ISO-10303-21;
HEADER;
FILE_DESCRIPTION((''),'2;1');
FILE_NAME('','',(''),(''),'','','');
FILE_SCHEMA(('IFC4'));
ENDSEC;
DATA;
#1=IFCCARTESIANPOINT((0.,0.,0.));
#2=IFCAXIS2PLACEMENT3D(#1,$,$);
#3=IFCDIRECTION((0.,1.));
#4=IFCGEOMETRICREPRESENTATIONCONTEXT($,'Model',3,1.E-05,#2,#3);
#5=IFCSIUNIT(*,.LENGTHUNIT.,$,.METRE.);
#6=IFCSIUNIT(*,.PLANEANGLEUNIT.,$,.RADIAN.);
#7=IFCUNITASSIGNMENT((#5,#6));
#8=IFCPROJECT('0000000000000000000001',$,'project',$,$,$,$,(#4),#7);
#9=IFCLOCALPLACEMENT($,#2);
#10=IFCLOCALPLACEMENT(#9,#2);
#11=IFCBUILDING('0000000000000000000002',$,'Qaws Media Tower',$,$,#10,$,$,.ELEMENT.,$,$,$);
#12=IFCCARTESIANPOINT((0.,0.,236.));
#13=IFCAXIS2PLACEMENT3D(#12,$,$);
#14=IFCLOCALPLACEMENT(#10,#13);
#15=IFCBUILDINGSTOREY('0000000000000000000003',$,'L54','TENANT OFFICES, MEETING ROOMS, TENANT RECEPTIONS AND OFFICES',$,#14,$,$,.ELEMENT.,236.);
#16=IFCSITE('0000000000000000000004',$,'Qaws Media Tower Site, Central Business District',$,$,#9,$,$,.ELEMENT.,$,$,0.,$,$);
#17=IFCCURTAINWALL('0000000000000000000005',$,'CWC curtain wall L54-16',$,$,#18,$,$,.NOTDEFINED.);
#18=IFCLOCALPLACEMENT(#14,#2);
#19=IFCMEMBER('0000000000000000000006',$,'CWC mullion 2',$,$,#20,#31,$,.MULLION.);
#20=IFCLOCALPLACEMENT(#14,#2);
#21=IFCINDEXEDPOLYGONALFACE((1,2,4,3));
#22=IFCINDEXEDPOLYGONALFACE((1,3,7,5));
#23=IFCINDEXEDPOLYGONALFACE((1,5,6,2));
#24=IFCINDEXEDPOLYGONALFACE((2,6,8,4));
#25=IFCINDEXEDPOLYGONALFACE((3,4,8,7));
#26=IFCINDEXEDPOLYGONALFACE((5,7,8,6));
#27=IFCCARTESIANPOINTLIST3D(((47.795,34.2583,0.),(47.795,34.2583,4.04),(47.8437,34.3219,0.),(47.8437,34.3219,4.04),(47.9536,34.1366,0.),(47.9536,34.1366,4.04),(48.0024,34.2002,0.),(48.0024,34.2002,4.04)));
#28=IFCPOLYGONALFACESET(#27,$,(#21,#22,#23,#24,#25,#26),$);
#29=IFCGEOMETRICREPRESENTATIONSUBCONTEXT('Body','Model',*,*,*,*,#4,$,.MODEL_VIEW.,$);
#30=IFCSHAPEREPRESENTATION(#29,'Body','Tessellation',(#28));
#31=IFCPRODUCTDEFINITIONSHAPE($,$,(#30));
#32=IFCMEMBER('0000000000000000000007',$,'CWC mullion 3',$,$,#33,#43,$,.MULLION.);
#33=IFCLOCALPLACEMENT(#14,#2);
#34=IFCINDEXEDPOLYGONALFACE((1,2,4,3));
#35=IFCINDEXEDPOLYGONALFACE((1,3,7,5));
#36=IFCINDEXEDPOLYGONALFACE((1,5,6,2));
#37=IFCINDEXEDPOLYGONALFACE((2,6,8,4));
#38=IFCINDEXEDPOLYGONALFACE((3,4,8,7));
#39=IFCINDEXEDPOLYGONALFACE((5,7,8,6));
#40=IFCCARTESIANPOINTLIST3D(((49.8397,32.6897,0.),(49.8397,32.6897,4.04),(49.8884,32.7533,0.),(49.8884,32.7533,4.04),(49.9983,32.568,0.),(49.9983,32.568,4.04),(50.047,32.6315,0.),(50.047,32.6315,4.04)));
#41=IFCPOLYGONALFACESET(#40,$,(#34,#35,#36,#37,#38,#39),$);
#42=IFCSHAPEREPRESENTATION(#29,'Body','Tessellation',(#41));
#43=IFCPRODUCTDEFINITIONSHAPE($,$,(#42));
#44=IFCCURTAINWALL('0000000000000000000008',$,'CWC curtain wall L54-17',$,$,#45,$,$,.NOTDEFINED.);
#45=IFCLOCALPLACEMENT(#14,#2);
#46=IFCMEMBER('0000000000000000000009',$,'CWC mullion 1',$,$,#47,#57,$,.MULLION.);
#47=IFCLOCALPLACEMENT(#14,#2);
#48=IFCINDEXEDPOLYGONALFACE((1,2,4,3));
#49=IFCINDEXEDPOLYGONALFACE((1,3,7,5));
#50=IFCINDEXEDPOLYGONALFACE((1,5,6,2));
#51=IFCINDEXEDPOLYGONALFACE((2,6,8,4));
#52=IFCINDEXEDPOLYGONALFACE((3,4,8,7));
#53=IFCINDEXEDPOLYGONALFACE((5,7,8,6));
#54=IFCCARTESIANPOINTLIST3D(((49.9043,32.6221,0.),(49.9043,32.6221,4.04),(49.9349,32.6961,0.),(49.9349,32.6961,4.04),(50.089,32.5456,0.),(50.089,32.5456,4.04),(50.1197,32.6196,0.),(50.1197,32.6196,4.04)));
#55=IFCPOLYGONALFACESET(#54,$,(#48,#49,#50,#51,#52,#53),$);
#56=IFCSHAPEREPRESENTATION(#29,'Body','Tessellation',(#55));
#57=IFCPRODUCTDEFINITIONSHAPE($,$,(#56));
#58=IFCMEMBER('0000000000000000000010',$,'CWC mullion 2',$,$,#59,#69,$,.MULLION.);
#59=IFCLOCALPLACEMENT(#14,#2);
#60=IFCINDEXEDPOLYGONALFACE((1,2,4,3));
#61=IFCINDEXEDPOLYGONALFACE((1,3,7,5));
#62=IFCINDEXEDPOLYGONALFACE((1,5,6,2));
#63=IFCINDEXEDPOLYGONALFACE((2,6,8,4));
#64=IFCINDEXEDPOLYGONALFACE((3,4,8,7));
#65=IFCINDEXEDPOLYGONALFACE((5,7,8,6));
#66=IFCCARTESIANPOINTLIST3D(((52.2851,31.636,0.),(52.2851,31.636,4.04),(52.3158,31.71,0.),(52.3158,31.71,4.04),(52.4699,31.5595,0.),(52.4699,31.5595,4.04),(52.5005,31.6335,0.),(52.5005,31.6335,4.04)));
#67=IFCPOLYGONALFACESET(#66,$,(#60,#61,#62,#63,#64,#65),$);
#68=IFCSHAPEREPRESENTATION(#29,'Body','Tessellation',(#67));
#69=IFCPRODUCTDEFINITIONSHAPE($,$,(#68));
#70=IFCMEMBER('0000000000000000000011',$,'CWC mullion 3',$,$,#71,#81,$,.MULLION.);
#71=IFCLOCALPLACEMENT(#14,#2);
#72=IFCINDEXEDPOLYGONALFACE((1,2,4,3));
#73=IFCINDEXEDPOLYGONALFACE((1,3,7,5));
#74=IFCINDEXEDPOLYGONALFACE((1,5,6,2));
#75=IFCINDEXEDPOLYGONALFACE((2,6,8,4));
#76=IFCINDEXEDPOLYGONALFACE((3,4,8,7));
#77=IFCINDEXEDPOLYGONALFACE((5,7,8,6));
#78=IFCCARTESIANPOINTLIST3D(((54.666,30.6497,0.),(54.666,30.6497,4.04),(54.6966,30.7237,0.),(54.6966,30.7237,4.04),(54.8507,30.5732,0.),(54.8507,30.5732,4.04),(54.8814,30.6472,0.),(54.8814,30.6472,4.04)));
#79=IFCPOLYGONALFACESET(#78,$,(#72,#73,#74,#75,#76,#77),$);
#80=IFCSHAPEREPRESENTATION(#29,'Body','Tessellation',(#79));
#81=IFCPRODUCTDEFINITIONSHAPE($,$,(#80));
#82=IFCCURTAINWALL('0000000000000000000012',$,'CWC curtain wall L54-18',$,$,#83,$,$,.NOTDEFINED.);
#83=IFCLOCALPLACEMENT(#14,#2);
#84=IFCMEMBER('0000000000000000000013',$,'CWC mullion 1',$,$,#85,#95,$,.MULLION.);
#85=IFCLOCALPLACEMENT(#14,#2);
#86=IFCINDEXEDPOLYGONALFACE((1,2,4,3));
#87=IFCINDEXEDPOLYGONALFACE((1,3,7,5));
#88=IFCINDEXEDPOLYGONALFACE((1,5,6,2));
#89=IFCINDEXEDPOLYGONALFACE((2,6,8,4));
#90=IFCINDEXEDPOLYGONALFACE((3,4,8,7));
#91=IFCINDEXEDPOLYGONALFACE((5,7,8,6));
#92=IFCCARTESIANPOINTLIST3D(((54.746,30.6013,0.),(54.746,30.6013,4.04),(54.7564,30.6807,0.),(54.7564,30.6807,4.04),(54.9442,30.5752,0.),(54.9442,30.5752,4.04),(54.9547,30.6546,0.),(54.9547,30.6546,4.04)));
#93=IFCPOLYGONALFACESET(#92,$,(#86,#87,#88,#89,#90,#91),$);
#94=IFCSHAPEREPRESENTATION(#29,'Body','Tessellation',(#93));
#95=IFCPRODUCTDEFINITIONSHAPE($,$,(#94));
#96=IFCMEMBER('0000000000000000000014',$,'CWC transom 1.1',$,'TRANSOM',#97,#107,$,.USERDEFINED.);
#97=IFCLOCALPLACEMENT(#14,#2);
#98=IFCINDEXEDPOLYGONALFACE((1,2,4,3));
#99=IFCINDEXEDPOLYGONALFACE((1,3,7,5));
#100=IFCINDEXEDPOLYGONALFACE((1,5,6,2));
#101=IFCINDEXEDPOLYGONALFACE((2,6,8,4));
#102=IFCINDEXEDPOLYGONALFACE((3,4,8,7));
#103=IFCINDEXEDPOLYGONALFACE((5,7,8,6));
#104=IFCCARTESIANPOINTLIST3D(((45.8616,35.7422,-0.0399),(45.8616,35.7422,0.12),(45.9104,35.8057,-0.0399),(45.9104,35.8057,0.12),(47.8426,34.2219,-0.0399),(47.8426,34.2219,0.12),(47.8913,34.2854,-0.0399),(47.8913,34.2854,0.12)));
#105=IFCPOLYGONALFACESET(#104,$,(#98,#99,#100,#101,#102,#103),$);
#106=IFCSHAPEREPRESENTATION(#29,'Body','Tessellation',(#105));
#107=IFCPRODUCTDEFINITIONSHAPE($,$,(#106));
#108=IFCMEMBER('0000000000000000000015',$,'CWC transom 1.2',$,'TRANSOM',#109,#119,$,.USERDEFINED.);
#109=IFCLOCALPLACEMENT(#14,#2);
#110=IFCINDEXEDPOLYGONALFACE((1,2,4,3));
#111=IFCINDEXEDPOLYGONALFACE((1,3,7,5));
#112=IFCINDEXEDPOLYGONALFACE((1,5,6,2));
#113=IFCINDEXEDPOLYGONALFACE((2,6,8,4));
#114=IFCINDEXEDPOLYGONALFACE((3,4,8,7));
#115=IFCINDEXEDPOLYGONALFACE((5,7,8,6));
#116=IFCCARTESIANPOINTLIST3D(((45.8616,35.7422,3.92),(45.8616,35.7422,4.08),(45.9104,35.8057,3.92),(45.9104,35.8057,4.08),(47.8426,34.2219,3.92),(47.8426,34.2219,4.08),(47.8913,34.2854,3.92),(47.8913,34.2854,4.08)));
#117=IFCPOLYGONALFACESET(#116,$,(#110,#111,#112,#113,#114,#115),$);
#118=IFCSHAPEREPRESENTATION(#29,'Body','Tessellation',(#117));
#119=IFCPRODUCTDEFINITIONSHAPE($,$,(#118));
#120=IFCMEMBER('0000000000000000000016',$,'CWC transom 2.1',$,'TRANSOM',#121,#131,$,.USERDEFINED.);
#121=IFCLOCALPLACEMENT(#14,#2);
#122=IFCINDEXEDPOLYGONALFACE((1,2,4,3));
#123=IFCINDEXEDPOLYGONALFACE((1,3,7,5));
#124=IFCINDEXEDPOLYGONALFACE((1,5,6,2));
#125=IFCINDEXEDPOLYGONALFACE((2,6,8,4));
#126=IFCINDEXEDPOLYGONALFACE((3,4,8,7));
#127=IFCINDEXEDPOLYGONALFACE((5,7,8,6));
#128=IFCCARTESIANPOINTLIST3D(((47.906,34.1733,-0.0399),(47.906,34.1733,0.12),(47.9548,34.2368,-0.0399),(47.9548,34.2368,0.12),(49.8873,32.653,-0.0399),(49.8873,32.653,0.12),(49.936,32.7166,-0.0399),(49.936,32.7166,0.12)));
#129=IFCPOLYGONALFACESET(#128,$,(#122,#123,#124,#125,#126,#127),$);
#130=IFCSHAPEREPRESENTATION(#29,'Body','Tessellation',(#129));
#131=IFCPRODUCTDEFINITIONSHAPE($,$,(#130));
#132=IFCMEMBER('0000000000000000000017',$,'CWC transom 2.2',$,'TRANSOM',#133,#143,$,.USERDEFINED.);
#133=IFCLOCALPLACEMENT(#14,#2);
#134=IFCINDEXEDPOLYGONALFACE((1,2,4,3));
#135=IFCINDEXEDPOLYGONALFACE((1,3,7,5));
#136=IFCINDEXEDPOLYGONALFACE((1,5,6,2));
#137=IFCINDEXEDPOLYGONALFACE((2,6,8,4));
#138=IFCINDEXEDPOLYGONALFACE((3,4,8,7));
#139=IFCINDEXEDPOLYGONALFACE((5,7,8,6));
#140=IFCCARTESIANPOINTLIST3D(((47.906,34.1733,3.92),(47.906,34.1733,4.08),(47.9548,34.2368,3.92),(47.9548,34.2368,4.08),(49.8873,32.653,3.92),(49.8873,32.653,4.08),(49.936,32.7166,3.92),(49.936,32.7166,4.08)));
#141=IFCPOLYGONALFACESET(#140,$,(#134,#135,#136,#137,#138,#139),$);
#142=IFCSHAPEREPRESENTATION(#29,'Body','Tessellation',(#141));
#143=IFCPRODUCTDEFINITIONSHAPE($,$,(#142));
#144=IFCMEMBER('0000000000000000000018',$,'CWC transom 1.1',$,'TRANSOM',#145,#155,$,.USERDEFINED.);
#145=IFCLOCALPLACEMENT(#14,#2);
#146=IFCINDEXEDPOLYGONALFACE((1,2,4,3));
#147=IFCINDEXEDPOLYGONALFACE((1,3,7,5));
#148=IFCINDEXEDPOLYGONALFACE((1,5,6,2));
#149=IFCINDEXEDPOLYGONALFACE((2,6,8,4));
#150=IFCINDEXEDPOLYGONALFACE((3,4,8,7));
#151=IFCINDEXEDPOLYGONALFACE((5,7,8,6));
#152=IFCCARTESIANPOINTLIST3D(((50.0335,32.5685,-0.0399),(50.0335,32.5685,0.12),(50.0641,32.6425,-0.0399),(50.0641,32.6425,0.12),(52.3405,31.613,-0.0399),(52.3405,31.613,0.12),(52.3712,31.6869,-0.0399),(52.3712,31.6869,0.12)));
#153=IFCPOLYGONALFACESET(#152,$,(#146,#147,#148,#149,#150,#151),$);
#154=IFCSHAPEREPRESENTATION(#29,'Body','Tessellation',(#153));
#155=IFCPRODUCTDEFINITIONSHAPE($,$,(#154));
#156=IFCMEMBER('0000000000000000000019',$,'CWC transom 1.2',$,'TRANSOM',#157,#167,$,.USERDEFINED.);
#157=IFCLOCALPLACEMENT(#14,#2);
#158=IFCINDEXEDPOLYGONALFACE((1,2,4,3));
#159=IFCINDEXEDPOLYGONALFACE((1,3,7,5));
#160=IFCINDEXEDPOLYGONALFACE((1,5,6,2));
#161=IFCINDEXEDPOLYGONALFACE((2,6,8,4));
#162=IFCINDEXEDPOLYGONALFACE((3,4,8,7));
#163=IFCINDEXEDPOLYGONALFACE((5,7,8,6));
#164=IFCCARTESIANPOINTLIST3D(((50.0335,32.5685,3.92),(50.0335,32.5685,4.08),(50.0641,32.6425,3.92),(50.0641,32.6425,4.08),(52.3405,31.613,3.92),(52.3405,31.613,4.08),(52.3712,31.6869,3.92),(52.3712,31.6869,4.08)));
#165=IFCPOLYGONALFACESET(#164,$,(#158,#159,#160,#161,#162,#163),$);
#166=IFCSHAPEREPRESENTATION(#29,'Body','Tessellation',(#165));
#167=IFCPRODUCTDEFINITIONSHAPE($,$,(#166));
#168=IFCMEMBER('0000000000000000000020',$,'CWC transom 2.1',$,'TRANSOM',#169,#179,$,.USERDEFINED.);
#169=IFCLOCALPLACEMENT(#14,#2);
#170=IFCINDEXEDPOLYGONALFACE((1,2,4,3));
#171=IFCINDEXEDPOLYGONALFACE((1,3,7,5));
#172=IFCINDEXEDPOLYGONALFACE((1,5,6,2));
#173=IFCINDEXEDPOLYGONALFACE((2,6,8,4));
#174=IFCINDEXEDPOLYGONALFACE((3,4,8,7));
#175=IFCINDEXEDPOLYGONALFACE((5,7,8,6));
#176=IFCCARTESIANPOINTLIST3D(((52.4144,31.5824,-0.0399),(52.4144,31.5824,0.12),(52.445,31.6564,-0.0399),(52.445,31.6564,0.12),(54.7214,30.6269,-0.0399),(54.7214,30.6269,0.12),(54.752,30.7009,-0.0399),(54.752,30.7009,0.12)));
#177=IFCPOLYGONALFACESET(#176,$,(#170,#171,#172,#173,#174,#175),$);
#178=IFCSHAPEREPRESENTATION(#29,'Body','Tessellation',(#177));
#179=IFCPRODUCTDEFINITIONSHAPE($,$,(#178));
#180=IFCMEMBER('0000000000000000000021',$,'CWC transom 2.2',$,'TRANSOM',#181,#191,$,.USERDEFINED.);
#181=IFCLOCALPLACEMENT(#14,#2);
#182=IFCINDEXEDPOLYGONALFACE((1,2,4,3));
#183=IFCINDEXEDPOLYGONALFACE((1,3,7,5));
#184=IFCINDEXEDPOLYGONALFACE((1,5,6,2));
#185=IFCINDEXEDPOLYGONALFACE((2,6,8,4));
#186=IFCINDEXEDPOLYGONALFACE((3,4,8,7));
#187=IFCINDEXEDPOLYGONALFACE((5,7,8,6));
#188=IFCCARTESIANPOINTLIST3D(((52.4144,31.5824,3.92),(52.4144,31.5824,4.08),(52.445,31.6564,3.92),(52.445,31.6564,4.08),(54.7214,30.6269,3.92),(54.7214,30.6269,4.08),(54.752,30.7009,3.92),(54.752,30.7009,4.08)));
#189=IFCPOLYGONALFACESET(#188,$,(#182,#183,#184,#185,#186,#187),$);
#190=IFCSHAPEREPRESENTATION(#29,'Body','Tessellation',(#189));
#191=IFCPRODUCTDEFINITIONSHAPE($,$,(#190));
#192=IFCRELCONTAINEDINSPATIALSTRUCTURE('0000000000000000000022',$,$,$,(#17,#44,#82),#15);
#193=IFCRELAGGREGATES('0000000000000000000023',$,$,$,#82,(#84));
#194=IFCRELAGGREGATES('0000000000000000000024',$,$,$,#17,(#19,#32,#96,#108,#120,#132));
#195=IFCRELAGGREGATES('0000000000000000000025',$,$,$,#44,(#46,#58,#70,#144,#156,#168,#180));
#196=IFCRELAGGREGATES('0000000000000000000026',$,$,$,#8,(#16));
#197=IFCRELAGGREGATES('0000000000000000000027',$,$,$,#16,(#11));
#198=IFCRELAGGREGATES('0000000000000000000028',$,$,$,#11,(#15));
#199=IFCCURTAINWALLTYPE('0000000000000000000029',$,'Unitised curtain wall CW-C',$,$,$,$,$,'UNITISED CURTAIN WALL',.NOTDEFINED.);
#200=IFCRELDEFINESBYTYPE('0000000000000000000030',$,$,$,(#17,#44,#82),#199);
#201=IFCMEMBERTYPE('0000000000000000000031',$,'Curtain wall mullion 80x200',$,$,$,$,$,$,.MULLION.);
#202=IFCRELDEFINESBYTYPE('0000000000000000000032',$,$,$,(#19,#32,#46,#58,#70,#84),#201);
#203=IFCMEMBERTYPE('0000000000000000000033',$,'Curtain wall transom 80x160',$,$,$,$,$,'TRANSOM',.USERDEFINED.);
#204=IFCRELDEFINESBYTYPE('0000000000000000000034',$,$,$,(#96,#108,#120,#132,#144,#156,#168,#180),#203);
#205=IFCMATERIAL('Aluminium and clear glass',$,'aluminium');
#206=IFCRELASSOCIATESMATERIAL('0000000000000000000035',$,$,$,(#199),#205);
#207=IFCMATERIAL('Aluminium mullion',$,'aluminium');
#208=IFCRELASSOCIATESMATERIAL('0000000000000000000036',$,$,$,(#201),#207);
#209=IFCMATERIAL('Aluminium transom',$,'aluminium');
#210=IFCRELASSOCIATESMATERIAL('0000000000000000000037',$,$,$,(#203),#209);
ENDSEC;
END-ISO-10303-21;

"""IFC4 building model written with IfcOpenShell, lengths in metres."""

from ifc_helpers import new_model, si_unit, direction, frame, origin, origin_2d, place, context, subcontext, project, spatial, rectangle, extrude, material, material_profile, profile_set, type_object, element, aggregate, save


model = new_model("IFC4")

# Units and contexts
model_context = context("Model", 3, precision=1e-05, world=origin(), true_north=direction((0.0, 1.0)))
body_context = subcontext(model_context, "Body", "Model", "MODEL_VIEW")
ifc_project = project(units=[si_unit("LENGTHUNIT", "METRE"), si_unit("PLANEANGLEUNIT", "RADIAN")], contexts=[model_context])

# Site, building, storey
site_placement = place(None, origin())
site = spatial("IfcSite", under=ifc_project, at=site_placement, Name="Qaws Media Tower Site, Central Business District", CompositionType="ELEMENT", RefElevation=0.0)
building_placement = place(site_placement, origin())
building = spatial("IfcBuilding", under=site, at=building_placement, Name="Qaws Media Tower", CompositionType="ELEMENT")
storey_placement = place(building_placement, frame((0.0, 0.0, 236.0)))
storey = spatial("IfcBuildingStorey", under=building, at=storey_placement, Name="L54", Description="TENANT OFFICES, MEETING ROOMS, TENANT RECEPTIONS AND OFFICES", CompositionType="ELEMENT", Elevation=236.0)

# Curtain walls, members
ifc_material_1 = material(Name="Aluminium and clear glass", Category="aluminium")
curtain_wall_type = type_object("IfcCurtainWallType", Name="Unitised curtain wall CW-C", ElementType="UNITISED CURTAIN WALL", PredefinedType="NOTDEFINED", material=ifc_material_1)
curtain_wall_1_placement = place(storey_placement, origin())
curtain_wall_1 = element("IfcCurtainWall", 1, at=curtain_wall_1_placement, inside=storey, type_object=curtain_wall_type, Name="CWC curtain wall L54-16", PredefinedType="NOTDEFINED")
ifc_material_2 = material(Name="Aluminium mullion", Category="aluminium")
ifc_material_profile_1 = material_profile(ifc_material_2, rectangle(XDim=0.0801, YDim=0.2, at=origin_2d()), Name="80x200")
ifc_profile_set_1 = profile_set([ifc_material_profile_1], Name="Aluminium mullion")
member_type_1 = type_object("IfcMemberType", Name="Curtain wall mullion 80x200", PredefinedType="MULLION", material=ifc_profile_set_1)
member_1_placement = place(storey_placement, frame((47.8987, 34.2292, 0.0), z_axis=(0.0, 0.0, 1.0), x_axis=(0.608761, 0.793353, 0.0)))
member_1 = element("IfcMember", 2, at=member_1_placement, type_object=member_type_1, Name="CWC mullion 2", PredefinedType="MULLION", context=body_context, shape_type="SweptSolid", body=[
    extrude(rectangle(XDim=0.0801, YDim=0.2, at=origin_2d()), origin(), (0.0, 0.0, 1.0), 4.04),
])
member_2_placement = place(storey_placement, frame((49.9434, 32.6606, 0.0), z_axis=(0.0, 0.0, 1.0), x_axis=(0.608761, 0.793353, 0.0)))
member_2 = element("IfcMember", 3, at=member_2_placement, type_object=member_type_1, Name="CWC mullion 3", PredefinedType="MULLION", context=body_context, shape_type="SweptSolid", body=[
    extrude(rectangle(XDim=0.0801, YDim=0.2, at=origin_2d()), origin(), (0.0, 0.0, 1.0), 4.04),
])
curtain_wall_2_placement = place(storey_placement, origin())
curtain_wall_2 = element("IfcCurtainWall", 4, at=curtain_wall_2_placement, inside=storey, type_object=curtain_wall_type, Name="CWC curtain wall L54-17", PredefinedType="NOTDEFINED")
member_3_placement = place(storey_placement, frame((50.012, 32.6208, 0.0), z_axis=(0.0, 0.0, 1.0), x_axis=(0.382684, 0.923879, 0.0)))
member_3 = element("IfcMember", 5, at=member_3_placement, type_object=member_type_1, Name="CWC mullion 1", PredefinedType="MULLION", context=body_context, shape_type="SweptSolid", body=[
    extrude(rectangle(XDim=0.0801, YDim=0.2, at=origin_2d()), origin(), (0.0, 0.0, 1.0), 4.04),
])
member_4_placement = place(storey_placement, frame((52.3928, 31.6348, 0.0), z_axis=(0.0, 0.0, 1.0), x_axis=(0.382684, 0.923879, 0.0)))
member_4 = element("IfcMember", 6, at=member_4_placement, type_object=member_type_1, Name="CWC mullion 2", PredefinedType="MULLION", context=body_context, shape_type="SweptSolid", body=[
    extrude(rectangle(XDim=0.0801, YDim=0.2, at=origin_2d()), origin(), (0.0, 0.0, 1.0), 4.04),
])
member_5_placement = place(storey_placement, frame((54.7737, 30.6484, 0.0), z_axis=(0.0, 0.0, 1.0), x_axis=(0.382684, 0.923879, 0.0)))
member_5 = element("IfcMember", 7, at=member_5_placement, type_object=member_type_1, Name="CWC mullion 3", PredefinedType="MULLION", context=body_context, shape_type="SweptSolid", body=[
    extrude(rectangle(XDim=0.0801, YDim=0.2, at=origin_2d()), origin(), (0.0, 0.0, 1.0), 4.04),
])

# Curtain wall, member
curtain_wall_3_placement = place(storey_placement, origin())
curtain_wall_3 = element("IfcCurtainWall", 8, at=curtain_wall_3_placement, inside=storey, type_object=curtain_wall_type, Name="CWC curtain wall L54-18", PredefinedType="NOTDEFINED")
member_6_placement = place(storey_placement, frame((54.8503, 30.6279, 0.0), z_axis=(0.0, 0.0, 1.0), x_axis=(0.130526, 0.991445, 0.0)))
member_6 = element("IfcMember", 9, at=member_6_placement, type_object=member_type_1, Name="CWC mullion 1", PredefinedType="MULLION", context=body_context, shape_type="SweptSolid", body=[
    extrude(rectangle(XDim=0.0801, YDim=0.2, at=origin_2d()), origin(), (0.0, 0.0, 1.0), 4.04),
])

# Members
ifc_material_3 = material(Name="Aluminium transom", Category="aluminium")
ifc_material_profile_2 = material_profile(ifc_material_3, rectangle(XDim=0.0801, YDim=0.1599, at=origin_2d()), Name="80x160")
ifc_profile_set_2 = profile_set([ifc_material_profile_2], Name="Aluminium transom")
member_type_2 = type_object("IfcMemberType", Name="Curtain wall transom 80x160", ElementType="TRANSOM", PredefinedType="USERDEFINED", material=ifc_profile_set_2)
member_7_placement = place(storey_placement, frame((45.886, 35.7739, 0.04), z_axis=(0.79331, -0.608817, 0.0), x_axis=(0.608817, 0.79331, 0.0)))
member_7 = element("IfcMember", 10, at=member_7_placement, type_object=member_type_2, Name="CWC transom 1.1", ObjectType="TRANSOM", PredefinedType="USERDEFINED", context=body_context, shape_type="SweptSolid", body=[
    extrude(rectangle(XDim=0.0801, YDim=0.1599, at=origin_2d()), origin(), (0.0, 0.0, 1.0), 2.4971),
])
member_8_placement = place(storey_placement, frame((45.886, 35.7739, 4.0), z_axis=(0.79331, -0.608817, 0.0), x_axis=(0.608817, 0.79331, 0.0)))
member_8 = element("IfcMember", 11, at=member_8_placement, type_object=member_type_2, Name="CWC transom 1.2", ObjectType="TRANSOM", PredefinedType="USERDEFINED", context=body_context, shape_type="SweptSolid", body=[
    extrude(rectangle(XDim=0.0801, YDim=0.1599, at=origin_2d()), origin(), (0.0, 0.0, 1.0), 2.4971),
])
member_9_placement = place(storey_placement, frame((47.9304, 34.2051, 0.04), z_axis=(0.793347, -0.60877, 0.0), x_axis=(0.60877, 0.793347, 0.0)))
member_9 = element("IfcMember", 12, at=member_9_placement, type_object=member_type_2, Name="CWC transom 2.1", ObjectType="TRANSOM", PredefinedType="USERDEFINED", context=body_context, shape_type="SweptSolid", body=[
    extrude(rectangle(XDim=0.0801, YDim=0.1599, at=origin_2d()), origin(), (0.0, 0.0, 1.0), 2.4973),
])
member_10_placement = place(storey_placement, frame((47.9304, 34.2051, 4.0), z_axis=(0.793347, -0.60877, 0.0), x_axis=(0.60877, 0.793347, 0.0)))
member_10 = element("IfcMember", 13, at=member_10_placement, type_object=member_type_2, Name="CWC transom 2.2", ObjectType="TRANSOM", PredefinedType="USERDEFINED", context=body_context, shape_type="SweptSolid", body=[
    extrude(rectangle(XDim=0.0801, YDim=0.1599, at=origin_2d()), origin(), (0.0, 0.0, 1.0), 2.4973),
])
member_11_placement = place(storey_placement, frame((50.0488, 32.6055, 0.04), z_axis=(0.923891, -0.382657, 0.0), x_axis=(0.382657, 0.923891, 0.0)))
member_11 = element("IfcMember", 14, at=member_11_placement, type_object=member_type_2, Name="CWC transom 1.1", ObjectType="TRANSOM", PredefinedType="USERDEFINED", context=body_context, shape_type="SweptSolid", body=[
    extrude(rectangle(XDim=0.0801, YDim=0.1599, at=origin_2d()), origin(), (0.0, 0.0, 1.0), 2.4971),
])
member_12_placement = place(storey_placement, frame((50.0488, 32.6055, 4.0), z_axis=(0.923891, -0.382657, 0.0), x_axis=(0.382657, 0.923891, 0.0)))
member_12 = element("IfcMember", 15, at=member_12_placement, type_object=member_type_2, Name="CWC transom 1.2", ObjectType="TRANSOM", PredefinedType="USERDEFINED", context=body_context, shape_type="SweptSolid", body=[
    extrude(rectangle(XDim=0.0801, YDim=0.1599, at=origin_2d()), origin(), (0.0, 0.0, 1.0), 2.4971),
])
member_13_placement = place(storey_placement, frame((52.4297, 31.6194, 0.04), z_axis=(0.923891, -0.382657, 0.0), x_axis=(0.382657, 0.923891, 0.0)))
member_13 = element("IfcMember", 16, at=member_13_placement, type_object=member_type_2, Name="CWC transom 2.1", ObjectType="TRANSOM", PredefinedType="USERDEFINED", context=body_context, shape_type="SweptSolid", body=[
    extrude(rectangle(XDim=0.0801, YDim=0.1599, at=origin_2d()), origin(), (0.0, 0.0, 1.0), 2.4971),
])
member_14_placement = place(storey_placement, frame((52.4297, 31.6194, 4.0), z_axis=(0.923891, -0.382657, 0.0), x_axis=(0.382657, 0.923891, 0.0)))
member_14 = element("IfcMember", 17, at=member_14_placement, type_object=member_type_2, Name="CWC transom 2.2", ObjectType="TRANSOM", PredefinedType="USERDEFINED", context=body_context, shape_type="SweptSolid", body=[
    extrude(rectangle(XDim=0.0801, YDim=0.1599, at=origin_2d()), origin(), (0.0, 0.0, 1.0), 2.4971),
])
aggregate(curtain_wall_3, [member_6])

aggregate(curtain_wall_1, [member_1, member_2, member_7, member_8, member_9, member_10])
aggregate(curtain_wall_2, [member_3, member_4, member_5, member_11, member_12, member_13, member_14])

save(model, "model.ifc")
